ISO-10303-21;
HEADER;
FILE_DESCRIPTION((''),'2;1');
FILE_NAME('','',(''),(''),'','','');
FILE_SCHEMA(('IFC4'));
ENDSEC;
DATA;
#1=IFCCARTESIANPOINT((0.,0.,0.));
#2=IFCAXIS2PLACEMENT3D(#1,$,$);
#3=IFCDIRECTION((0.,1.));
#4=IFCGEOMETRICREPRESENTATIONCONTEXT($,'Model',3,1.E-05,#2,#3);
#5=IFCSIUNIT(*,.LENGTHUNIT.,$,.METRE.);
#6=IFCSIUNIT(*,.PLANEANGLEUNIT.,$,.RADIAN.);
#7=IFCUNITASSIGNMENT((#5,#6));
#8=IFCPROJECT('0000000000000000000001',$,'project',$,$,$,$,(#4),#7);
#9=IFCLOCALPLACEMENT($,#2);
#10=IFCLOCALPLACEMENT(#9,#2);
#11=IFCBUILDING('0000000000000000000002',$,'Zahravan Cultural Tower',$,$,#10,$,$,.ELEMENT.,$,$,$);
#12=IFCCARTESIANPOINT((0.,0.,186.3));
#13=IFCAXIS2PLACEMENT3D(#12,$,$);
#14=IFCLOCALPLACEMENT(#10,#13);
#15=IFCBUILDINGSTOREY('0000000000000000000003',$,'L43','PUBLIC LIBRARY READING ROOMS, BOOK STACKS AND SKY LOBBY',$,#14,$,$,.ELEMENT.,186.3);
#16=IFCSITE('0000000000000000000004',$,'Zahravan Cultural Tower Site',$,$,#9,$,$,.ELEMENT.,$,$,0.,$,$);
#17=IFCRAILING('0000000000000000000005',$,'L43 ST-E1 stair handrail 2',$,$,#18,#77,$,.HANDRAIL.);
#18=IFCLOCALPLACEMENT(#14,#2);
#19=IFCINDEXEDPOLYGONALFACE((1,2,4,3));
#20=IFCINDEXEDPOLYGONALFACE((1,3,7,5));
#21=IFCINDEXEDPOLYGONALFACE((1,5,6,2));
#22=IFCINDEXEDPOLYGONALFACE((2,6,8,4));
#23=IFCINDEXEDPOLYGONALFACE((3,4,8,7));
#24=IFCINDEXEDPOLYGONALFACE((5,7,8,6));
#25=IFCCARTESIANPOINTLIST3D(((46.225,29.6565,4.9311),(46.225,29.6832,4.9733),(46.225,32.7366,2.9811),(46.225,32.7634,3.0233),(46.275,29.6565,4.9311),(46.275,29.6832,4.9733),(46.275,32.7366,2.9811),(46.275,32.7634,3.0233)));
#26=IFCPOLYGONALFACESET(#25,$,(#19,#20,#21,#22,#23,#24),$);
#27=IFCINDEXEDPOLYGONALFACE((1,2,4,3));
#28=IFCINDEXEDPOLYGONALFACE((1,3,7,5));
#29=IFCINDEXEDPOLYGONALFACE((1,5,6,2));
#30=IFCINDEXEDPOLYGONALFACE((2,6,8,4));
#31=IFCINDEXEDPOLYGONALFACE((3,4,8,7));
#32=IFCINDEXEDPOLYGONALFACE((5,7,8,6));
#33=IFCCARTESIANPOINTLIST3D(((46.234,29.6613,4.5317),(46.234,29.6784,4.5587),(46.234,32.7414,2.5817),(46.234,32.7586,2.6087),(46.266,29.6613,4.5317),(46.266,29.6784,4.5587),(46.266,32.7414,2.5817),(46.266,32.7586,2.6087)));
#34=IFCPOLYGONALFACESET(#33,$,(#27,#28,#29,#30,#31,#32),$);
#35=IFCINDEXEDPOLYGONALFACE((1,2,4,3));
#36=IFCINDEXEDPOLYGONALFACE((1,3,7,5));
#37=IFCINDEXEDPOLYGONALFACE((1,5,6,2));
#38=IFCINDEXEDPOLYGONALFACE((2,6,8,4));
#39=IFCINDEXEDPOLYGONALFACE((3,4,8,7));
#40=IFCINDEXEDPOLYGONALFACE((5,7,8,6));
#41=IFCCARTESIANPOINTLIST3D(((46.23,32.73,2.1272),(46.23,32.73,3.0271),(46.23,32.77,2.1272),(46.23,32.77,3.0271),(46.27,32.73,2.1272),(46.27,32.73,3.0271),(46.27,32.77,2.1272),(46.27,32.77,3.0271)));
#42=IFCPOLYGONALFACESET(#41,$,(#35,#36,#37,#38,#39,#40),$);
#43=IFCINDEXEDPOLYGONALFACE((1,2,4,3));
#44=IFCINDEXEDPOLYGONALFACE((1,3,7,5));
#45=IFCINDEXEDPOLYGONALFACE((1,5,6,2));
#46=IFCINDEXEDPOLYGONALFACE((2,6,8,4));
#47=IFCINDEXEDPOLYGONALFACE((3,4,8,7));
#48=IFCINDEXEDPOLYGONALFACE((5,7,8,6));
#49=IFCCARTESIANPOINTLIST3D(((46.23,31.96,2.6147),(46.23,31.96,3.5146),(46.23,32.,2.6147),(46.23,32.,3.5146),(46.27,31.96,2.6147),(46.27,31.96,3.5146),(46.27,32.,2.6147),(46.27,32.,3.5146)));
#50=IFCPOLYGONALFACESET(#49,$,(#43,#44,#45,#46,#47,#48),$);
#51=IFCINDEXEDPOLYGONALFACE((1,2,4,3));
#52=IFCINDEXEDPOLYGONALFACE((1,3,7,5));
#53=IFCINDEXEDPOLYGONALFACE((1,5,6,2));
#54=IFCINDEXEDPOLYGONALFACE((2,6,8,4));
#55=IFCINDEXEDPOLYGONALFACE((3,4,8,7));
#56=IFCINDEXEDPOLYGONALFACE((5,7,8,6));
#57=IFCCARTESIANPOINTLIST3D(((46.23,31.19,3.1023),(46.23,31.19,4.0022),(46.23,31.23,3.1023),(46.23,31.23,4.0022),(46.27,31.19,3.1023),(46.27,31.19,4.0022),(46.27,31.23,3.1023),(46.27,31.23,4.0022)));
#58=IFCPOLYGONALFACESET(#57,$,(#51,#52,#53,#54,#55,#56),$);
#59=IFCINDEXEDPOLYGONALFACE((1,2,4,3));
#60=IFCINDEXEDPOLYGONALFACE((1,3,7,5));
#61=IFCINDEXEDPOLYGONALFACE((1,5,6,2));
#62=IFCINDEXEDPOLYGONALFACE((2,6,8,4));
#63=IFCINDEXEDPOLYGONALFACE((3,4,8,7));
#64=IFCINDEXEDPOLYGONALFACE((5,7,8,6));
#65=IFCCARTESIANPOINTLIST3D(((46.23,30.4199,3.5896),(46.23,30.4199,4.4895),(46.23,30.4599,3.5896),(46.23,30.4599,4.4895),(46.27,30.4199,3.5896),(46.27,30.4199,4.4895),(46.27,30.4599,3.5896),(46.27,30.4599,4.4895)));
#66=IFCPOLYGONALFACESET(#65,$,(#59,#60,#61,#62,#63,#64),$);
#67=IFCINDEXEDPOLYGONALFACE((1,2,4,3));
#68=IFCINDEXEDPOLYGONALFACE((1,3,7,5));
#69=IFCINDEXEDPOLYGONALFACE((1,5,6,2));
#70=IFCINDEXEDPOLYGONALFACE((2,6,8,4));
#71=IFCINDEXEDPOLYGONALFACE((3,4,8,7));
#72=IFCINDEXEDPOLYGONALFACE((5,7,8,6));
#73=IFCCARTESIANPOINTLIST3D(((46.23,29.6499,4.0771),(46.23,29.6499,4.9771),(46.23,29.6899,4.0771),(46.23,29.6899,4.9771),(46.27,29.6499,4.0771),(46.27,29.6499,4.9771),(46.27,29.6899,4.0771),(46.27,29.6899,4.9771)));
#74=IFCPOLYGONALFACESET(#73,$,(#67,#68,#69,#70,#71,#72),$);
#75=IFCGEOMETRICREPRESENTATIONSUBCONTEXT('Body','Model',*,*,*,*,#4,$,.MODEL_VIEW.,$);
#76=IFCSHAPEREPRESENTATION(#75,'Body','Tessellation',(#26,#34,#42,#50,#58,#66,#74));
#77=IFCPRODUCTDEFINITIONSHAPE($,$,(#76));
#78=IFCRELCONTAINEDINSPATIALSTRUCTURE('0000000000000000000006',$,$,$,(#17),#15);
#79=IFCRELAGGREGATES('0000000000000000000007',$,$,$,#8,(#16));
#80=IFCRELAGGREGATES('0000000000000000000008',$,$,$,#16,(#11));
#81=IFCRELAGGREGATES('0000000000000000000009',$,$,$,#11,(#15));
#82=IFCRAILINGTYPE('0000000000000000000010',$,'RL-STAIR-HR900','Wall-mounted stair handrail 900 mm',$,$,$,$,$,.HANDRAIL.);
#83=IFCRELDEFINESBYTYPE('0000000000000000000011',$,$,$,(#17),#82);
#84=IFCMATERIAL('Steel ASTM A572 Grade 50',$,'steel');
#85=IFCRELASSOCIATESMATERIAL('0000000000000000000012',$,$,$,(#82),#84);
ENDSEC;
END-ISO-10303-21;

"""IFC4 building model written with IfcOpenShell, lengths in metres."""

from ifc_helpers import new_model, si_unit, direction, frame, origin, origin_2d, place, context, subcontext, project, spatial, rectangle, extrude, material, type_object, element, save


model = new_model("IFC4")

# Units and contexts
model_context = context("Model", 3, precision=1e-05, world=origin(), true_north=direction((0.0, 1.0)))
body_context = subcontext(model_context, "Body", "Model", "MODEL_VIEW")
ifc_project = project(units=[si_unit("LENGTHUNIT", "METRE"), si_unit("PLANEANGLEUNIT", "RADIAN")], contexts=[model_context])

# Site, building, storey
site_placement = place(None, origin())
site = spatial("IfcSite", under=ifc_project, at=site_placement, Name="Zahravan Cultural Tower Site", CompositionType="ELEMENT", RefElevation=0.0)
building_placement = place(site_placement, origin())
building = spatial("IfcBuilding", under=site, at=building_placement, Name="Zahravan Cultural Tower", CompositionType="ELEMENT")
storey_placement = place(building_placement, frame((0.0, 0.0, 186.3)))
storey = spatial("IfcBuildingStorey", under=building, at=storey_placement, Name="L43", Description="PUBLIC LIBRARY READING ROOMS, BOOK STACKS AND SKY LOBBY", CompositionType="ELEMENT", Elevation=186.3)

# Shared definitions
ifc_material_1 = material(Name="Steel ASTM A572 Grade 50", Category="steel")

# Railing
railing_type_1 = type_object("IfcRailingType", Name="RL-STAIR-HR900", Description="Wall-mounted stair handrail 900 mm", PredefinedType="HANDRAIL", material=ifc_material_1)
railing_1_placement = place(storey_placement, frame((46.25, 32.75, 2.1272)))
element("IfcRailing", 1, at=railing_1_placement, inside=storey, type_object=railing_type_1, Name="L43 ST-E1 stair handrail 2", PredefinedType="HANDRAIL", context=body_context, shape_type="SweptSolid", body=[
    extrude(rectangle(XDim=0.05, YDim=0.05, at=origin_2d()), frame((0.0, 0.0, 0.875), z_axis=(0.0, -0.844914, 0.534902), x_axis=(1.0, 0.0, 0.0)), (0.0, 0.0, 1.0), 3.6455),
    extrude(rectangle(XDim=0.032, YDim=0.032, at=origin_2d()), frame((0.0, 0.0, 0.468), z_axis=(0.0, -0.844914, 0.534902), x_axis=(1.0, 0.0, 0.0)), (0.0, 0.0, 1.0), 3.6455),
    extrude(rectangle(XDim=0.04, YDim=0.04, at=origin_2d()), origin(), (0.0, 0.0, 1.0), 0.8999),
    extrude(rectangle(XDim=0.04, YDim=0.04, at=origin_2d()), frame((0.0, -0.77, 0.4875)), (0.0, 0.0, 1.0), 0.8999),
    extrude(rectangle(XDim=0.04, YDim=0.04, at=origin_2d()), frame((0.0, -1.54, 0.9751)), (0.0, 0.0, 1.0), 0.8999),
    extrude(rectangle(XDim=0.04, YDim=0.04, at=origin_2d()), frame((0.0, -2.3101, 1.4624)), (0.0, 0.0, 1.0), 0.8999),
    extrude(rectangle(XDim=0.04, YDim=0.04, at=origin_2d()), frame((0.0, -3.0801, 1.95)), (0.0, 0.0, 1.0), 0.8999),
])

save(model, "model.ifc")
